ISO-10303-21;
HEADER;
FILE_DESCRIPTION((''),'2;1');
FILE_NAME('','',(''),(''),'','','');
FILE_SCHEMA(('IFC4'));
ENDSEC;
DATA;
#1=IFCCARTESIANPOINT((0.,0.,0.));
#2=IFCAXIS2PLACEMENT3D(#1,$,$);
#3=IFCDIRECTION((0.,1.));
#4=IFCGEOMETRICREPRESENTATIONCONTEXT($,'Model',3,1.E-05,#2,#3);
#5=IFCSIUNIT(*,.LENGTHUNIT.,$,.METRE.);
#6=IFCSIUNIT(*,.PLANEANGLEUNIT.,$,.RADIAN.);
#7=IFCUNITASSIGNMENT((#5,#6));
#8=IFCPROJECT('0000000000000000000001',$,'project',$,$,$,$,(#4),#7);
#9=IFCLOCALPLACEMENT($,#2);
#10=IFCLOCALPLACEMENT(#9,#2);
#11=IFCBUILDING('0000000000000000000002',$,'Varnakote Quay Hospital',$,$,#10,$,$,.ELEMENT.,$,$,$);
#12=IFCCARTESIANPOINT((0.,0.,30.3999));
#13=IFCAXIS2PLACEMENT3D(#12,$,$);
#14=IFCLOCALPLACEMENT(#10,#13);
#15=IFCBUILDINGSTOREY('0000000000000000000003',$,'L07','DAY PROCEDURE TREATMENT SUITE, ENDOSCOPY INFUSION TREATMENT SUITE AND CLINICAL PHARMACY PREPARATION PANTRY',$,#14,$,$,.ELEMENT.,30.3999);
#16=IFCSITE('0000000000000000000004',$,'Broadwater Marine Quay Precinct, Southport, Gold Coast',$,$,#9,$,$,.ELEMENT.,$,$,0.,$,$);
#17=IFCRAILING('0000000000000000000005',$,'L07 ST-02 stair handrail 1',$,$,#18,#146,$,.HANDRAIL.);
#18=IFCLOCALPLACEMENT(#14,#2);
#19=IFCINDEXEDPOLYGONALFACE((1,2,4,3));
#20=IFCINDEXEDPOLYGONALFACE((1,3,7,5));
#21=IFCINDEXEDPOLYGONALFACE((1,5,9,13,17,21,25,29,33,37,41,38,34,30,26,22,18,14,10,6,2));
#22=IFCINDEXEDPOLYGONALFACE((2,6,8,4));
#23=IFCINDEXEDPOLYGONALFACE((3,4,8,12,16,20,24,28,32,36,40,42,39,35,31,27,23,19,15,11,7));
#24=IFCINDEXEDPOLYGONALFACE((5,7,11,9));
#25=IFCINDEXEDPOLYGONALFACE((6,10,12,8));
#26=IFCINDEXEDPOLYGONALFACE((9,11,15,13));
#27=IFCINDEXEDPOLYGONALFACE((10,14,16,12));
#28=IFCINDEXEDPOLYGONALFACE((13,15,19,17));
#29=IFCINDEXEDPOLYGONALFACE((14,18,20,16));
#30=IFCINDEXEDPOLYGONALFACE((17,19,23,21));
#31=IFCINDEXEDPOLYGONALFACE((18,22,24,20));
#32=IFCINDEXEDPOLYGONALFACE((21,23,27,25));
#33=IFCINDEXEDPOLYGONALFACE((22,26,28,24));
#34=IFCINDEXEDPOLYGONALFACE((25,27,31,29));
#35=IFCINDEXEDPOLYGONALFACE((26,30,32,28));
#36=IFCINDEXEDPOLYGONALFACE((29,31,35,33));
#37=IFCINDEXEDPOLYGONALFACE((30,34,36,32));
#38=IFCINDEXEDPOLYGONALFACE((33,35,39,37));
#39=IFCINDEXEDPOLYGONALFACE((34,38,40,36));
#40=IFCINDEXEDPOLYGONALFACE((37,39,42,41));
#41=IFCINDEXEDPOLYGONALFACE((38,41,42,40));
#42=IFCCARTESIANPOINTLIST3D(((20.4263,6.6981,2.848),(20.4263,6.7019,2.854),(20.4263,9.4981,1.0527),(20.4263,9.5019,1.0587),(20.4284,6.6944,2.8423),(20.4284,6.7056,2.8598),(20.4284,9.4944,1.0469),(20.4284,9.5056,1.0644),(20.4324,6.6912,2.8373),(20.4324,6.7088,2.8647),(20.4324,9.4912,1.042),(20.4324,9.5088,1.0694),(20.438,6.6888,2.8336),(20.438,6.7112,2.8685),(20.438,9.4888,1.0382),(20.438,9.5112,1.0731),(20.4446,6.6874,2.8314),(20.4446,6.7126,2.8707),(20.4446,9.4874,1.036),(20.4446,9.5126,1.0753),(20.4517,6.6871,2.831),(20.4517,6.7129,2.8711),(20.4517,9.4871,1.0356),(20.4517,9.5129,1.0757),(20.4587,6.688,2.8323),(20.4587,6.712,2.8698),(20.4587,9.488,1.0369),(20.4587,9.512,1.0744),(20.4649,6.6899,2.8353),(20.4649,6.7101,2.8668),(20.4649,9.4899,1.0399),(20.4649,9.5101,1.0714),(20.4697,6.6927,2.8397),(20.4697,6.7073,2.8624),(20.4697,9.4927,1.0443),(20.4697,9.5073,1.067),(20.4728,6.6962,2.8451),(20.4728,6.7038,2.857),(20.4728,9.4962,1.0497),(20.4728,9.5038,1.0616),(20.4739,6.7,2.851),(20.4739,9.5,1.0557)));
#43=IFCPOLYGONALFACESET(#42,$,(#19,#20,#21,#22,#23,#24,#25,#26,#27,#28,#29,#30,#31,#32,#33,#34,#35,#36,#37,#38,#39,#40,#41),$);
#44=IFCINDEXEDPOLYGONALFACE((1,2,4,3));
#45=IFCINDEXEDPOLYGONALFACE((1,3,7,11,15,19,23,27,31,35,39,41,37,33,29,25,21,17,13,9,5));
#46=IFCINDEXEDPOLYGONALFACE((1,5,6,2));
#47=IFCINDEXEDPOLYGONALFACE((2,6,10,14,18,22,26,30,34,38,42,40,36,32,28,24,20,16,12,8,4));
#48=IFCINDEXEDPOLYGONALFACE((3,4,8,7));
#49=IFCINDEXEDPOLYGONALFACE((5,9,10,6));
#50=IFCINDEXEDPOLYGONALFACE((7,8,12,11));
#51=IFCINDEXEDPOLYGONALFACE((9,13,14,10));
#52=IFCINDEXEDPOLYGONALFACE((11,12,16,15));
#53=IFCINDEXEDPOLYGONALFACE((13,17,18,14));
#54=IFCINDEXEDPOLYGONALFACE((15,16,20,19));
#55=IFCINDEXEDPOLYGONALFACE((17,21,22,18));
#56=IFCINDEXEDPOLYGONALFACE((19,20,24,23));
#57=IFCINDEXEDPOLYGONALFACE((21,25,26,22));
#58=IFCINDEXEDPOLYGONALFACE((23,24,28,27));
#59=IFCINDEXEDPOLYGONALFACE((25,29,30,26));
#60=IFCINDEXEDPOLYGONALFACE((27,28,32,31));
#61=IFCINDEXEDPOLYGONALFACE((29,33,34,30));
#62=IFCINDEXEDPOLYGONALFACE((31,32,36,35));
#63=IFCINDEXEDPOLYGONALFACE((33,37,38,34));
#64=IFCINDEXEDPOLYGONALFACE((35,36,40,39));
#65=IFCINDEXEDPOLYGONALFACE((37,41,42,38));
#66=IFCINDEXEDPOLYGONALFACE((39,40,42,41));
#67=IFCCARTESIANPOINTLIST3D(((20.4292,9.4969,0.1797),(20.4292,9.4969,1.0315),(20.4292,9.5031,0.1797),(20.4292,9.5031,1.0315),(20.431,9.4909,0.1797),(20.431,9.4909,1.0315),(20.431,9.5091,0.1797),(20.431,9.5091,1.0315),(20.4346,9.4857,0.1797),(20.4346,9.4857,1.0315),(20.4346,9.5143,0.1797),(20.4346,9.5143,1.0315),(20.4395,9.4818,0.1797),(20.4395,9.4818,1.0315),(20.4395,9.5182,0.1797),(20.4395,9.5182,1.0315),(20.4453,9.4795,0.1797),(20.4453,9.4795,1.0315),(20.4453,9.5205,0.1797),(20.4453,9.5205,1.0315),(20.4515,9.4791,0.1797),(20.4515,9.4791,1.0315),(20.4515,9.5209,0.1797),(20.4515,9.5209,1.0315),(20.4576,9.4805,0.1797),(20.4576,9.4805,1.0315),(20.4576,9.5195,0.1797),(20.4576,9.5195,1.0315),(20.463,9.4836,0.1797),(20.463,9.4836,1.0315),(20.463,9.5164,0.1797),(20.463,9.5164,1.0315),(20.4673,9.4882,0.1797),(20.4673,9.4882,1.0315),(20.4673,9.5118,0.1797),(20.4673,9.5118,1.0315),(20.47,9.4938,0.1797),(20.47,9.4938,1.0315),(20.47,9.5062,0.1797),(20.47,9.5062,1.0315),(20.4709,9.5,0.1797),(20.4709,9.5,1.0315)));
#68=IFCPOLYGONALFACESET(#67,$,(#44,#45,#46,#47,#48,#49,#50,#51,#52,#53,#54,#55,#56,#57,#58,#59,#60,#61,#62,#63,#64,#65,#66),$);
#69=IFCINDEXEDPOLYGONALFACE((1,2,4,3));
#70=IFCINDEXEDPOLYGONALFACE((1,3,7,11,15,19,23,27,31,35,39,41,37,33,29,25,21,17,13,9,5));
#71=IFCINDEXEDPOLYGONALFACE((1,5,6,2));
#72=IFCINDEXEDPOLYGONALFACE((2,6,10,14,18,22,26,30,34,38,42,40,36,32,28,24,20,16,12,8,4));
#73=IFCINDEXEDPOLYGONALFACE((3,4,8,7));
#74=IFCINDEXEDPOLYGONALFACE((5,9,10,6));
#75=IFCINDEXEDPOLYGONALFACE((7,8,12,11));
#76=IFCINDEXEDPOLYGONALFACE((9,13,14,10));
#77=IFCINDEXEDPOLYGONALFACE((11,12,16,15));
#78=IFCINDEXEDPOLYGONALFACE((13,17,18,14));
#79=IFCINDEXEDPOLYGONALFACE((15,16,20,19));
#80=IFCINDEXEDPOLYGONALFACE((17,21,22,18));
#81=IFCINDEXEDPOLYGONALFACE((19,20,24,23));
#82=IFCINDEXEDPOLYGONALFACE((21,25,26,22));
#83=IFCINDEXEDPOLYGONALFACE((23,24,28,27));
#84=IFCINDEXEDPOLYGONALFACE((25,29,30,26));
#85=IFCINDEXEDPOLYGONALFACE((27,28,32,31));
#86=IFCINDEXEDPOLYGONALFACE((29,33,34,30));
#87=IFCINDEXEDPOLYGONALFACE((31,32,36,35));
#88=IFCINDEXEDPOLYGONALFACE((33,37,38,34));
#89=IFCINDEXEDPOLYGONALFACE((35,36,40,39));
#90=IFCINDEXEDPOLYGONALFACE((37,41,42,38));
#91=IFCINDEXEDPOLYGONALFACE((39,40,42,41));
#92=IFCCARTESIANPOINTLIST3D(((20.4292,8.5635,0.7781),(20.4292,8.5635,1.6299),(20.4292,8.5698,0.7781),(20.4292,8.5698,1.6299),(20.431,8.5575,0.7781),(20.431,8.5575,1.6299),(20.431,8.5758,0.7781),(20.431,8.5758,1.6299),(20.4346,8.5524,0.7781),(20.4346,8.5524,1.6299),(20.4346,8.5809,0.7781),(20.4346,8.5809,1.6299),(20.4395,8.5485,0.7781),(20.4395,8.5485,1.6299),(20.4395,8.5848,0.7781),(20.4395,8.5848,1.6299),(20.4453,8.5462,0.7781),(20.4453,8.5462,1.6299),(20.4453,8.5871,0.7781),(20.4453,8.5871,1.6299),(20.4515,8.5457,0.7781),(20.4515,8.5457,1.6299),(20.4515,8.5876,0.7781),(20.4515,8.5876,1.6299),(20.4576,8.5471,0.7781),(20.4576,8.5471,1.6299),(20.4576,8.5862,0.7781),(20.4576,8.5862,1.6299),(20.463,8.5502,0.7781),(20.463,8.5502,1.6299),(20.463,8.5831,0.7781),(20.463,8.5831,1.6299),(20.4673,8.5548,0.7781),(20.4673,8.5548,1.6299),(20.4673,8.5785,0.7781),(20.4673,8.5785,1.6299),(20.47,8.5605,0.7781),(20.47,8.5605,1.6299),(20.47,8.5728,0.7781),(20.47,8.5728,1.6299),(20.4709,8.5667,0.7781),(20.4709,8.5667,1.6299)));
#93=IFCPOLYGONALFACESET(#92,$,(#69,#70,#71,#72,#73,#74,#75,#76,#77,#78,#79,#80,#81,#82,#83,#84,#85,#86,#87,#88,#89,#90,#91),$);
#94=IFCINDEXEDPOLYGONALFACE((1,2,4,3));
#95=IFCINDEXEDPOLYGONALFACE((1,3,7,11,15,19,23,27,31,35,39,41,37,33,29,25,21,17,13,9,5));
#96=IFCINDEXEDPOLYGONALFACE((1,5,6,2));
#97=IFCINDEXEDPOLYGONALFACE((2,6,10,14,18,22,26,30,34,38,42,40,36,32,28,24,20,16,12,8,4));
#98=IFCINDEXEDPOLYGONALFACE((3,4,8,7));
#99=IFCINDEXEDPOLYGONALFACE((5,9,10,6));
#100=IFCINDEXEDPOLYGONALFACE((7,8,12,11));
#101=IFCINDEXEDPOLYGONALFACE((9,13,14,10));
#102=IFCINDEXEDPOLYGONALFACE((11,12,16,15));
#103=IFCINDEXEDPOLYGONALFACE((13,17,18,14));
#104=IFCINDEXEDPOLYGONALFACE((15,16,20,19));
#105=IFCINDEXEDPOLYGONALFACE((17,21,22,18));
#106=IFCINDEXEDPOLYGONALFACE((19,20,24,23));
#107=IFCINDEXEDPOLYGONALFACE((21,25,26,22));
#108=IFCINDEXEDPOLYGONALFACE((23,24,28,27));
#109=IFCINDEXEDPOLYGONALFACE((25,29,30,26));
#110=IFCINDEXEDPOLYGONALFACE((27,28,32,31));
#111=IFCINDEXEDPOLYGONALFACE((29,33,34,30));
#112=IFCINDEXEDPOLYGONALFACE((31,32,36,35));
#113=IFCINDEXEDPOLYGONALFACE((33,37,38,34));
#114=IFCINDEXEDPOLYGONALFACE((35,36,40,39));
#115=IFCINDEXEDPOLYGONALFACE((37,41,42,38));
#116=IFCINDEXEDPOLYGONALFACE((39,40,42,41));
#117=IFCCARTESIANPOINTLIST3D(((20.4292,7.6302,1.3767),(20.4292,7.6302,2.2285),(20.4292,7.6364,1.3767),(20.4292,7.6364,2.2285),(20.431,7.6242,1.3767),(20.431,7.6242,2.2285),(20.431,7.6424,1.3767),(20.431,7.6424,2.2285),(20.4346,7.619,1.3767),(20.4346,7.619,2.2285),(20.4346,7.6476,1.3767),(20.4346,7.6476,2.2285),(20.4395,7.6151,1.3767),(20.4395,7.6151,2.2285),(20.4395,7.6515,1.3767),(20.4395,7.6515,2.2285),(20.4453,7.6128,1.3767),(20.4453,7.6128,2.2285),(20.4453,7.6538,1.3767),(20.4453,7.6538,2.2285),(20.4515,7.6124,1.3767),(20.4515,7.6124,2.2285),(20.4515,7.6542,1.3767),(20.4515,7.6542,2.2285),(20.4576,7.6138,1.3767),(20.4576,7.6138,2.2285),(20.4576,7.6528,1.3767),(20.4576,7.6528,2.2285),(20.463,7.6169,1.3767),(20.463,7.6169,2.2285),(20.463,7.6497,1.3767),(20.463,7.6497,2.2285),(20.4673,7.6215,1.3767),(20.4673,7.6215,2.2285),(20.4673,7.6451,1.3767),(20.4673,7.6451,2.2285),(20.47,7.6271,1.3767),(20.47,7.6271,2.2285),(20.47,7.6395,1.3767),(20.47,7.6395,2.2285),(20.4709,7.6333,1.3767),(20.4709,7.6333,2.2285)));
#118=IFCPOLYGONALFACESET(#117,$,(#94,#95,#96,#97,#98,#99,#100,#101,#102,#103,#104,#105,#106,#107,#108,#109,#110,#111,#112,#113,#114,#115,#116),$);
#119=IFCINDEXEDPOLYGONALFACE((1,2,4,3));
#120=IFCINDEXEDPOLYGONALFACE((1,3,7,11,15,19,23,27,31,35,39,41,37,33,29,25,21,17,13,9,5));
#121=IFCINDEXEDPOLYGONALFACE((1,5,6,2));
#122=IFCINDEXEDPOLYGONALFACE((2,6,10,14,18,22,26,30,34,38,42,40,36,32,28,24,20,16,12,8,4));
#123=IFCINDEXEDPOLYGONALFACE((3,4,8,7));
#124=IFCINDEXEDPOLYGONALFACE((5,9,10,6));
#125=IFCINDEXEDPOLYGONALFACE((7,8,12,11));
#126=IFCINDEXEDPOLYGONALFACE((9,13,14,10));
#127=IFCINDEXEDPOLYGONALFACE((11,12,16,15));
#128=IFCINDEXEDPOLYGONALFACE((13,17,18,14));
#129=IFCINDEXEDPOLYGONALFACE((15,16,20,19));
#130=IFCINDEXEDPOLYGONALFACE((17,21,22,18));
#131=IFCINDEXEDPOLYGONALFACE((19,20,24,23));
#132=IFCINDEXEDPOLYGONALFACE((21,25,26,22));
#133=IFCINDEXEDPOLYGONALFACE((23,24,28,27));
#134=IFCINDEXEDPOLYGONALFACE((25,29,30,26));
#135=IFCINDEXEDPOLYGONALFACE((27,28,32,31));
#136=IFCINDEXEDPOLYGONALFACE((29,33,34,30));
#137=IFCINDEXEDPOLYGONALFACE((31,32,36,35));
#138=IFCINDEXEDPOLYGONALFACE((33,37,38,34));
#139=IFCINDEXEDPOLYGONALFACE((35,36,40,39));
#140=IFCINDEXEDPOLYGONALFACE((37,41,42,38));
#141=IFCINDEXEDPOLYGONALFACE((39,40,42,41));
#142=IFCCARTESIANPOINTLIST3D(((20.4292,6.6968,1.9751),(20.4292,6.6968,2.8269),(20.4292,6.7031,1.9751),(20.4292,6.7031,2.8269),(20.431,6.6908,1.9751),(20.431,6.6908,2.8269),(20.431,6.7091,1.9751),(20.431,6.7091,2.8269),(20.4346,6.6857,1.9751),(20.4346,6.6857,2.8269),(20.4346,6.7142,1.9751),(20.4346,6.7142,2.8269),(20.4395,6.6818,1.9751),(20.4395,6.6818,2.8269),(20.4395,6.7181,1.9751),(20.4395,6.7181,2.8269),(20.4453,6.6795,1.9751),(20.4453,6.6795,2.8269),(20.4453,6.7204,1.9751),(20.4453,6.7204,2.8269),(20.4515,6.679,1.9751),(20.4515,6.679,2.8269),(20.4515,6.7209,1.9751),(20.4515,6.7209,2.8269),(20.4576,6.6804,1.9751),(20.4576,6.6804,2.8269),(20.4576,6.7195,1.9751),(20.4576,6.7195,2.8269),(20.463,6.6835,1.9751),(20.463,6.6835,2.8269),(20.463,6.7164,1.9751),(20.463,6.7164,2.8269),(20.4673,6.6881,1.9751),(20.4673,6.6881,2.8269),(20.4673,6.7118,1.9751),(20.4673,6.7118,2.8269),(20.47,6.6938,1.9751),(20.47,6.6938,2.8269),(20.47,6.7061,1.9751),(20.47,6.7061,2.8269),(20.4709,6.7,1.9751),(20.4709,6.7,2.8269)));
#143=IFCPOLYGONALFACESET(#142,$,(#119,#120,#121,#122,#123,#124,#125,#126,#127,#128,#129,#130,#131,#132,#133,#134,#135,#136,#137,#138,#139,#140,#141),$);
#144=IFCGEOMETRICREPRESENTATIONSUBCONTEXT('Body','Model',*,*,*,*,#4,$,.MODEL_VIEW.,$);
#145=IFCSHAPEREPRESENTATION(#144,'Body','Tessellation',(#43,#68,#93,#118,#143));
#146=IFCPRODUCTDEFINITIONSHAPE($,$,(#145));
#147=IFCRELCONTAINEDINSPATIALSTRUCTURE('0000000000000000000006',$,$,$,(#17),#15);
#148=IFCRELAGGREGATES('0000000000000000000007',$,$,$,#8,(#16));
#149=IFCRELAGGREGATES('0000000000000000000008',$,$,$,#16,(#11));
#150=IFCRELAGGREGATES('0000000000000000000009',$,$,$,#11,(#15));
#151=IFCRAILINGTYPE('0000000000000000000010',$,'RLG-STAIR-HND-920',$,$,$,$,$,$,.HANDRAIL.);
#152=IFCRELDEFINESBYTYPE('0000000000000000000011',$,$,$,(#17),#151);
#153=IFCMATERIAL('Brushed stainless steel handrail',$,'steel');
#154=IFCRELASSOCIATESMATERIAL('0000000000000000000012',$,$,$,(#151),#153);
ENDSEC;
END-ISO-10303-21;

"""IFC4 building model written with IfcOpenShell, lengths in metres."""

from ifc_helpers import new_model, si_unit, direction, frame, origin, origin_2d, place, context, subcontext, project, spatial, circle, extrude, material, type_object, element, save


model = new_model("IFC4")

# Units and contexts
model_context = context("Model", 3, precision=1e-05, world=origin(), true_north=direction((0.0, 1.0)))
body_context = subcontext(model_context, "Body", "Model", "MODEL_VIEW")
ifc_project = project(units=[si_unit("LENGTHUNIT", "METRE"), si_unit("PLANEANGLEUNIT", "RADIAN")], contexts=[model_context])

# Site, building, storey
site_placement = place(None, origin())
site = spatial("IfcSite", under=ifc_project, at=site_placement, Name="Broadwater Marine Quay Precinct, Southport, Gold Coast", CompositionType="ELEMENT", RefElevation=0.0)
building_placement = place(site_placement, origin())
building = spatial("IfcBuilding", under=site, at=building_placement, Name="Varnakote Quay Hospital", CompositionType="ELEMENT")
storey_placement = place(building_placement, frame((0.0, 0.0, 30.3999)))
storey = spatial("IfcBuildingStorey", under=building, at=storey_placement, Name="L07", Description="DAY PROCEDURE TREATMENT SUITE, ENDOSCOPY INFUSION TREATMENT SUITE AND CLINICAL PHARMACY PREPARATION PANTRY", CompositionType="ELEMENT", Elevation=30.3999)

# Railing
ifc_material_1 = material(Name="Brushed stainless steel handrail", Category="steel")
railing_type = type_object("IfcRailingType", Name="RLG-STAIR-HND-920", PredefinedType="HANDRAIL", material=ifc_material_1)
railing_placement = place(storey_placement, frame((20.45, 9.5, 0.1797)))
element("IfcRailing", 1, at=railing_placement, inside=storey, type_object=railing_type, Name="L07 ST-02 stair handrail 1", PredefinedType="HANDRAIL", context=body_context, shape_type="SweptSolid", body=[
    extrude(circle(Radius=0.0239, at=origin_2d()), frame((0.0, 0.0, 0.876), z_axis=(0.0, -0.84181, 0.539774), x_axis=(1.0, 0.0, 0.0)), (0.0, 0.0, 1.0), 3.3262),
    extrude(circle(Radius=0.021, at=origin_2d()), origin(), (0.0, 0.0, 1.0), 0.8518),
    extrude(circle(Radius=0.021, at=origin_2d()), frame((0.0, -0.9333, 0.5984)), (0.0, 0.0, 1.0), 0.8518),
    extrude(circle(Radius=0.021, at=origin_2d()), frame((0.0, -1.8667, 1.197)), (0.0, 0.0, 1.0), 0.8518),
    extrude(circle(Radius=0.021, at=origin_2d()), frame((0.0, -2.8, 1.7954)), (0.0, 0.0, 1.0), 0.8518),
])

save(model, "model.ifc")
